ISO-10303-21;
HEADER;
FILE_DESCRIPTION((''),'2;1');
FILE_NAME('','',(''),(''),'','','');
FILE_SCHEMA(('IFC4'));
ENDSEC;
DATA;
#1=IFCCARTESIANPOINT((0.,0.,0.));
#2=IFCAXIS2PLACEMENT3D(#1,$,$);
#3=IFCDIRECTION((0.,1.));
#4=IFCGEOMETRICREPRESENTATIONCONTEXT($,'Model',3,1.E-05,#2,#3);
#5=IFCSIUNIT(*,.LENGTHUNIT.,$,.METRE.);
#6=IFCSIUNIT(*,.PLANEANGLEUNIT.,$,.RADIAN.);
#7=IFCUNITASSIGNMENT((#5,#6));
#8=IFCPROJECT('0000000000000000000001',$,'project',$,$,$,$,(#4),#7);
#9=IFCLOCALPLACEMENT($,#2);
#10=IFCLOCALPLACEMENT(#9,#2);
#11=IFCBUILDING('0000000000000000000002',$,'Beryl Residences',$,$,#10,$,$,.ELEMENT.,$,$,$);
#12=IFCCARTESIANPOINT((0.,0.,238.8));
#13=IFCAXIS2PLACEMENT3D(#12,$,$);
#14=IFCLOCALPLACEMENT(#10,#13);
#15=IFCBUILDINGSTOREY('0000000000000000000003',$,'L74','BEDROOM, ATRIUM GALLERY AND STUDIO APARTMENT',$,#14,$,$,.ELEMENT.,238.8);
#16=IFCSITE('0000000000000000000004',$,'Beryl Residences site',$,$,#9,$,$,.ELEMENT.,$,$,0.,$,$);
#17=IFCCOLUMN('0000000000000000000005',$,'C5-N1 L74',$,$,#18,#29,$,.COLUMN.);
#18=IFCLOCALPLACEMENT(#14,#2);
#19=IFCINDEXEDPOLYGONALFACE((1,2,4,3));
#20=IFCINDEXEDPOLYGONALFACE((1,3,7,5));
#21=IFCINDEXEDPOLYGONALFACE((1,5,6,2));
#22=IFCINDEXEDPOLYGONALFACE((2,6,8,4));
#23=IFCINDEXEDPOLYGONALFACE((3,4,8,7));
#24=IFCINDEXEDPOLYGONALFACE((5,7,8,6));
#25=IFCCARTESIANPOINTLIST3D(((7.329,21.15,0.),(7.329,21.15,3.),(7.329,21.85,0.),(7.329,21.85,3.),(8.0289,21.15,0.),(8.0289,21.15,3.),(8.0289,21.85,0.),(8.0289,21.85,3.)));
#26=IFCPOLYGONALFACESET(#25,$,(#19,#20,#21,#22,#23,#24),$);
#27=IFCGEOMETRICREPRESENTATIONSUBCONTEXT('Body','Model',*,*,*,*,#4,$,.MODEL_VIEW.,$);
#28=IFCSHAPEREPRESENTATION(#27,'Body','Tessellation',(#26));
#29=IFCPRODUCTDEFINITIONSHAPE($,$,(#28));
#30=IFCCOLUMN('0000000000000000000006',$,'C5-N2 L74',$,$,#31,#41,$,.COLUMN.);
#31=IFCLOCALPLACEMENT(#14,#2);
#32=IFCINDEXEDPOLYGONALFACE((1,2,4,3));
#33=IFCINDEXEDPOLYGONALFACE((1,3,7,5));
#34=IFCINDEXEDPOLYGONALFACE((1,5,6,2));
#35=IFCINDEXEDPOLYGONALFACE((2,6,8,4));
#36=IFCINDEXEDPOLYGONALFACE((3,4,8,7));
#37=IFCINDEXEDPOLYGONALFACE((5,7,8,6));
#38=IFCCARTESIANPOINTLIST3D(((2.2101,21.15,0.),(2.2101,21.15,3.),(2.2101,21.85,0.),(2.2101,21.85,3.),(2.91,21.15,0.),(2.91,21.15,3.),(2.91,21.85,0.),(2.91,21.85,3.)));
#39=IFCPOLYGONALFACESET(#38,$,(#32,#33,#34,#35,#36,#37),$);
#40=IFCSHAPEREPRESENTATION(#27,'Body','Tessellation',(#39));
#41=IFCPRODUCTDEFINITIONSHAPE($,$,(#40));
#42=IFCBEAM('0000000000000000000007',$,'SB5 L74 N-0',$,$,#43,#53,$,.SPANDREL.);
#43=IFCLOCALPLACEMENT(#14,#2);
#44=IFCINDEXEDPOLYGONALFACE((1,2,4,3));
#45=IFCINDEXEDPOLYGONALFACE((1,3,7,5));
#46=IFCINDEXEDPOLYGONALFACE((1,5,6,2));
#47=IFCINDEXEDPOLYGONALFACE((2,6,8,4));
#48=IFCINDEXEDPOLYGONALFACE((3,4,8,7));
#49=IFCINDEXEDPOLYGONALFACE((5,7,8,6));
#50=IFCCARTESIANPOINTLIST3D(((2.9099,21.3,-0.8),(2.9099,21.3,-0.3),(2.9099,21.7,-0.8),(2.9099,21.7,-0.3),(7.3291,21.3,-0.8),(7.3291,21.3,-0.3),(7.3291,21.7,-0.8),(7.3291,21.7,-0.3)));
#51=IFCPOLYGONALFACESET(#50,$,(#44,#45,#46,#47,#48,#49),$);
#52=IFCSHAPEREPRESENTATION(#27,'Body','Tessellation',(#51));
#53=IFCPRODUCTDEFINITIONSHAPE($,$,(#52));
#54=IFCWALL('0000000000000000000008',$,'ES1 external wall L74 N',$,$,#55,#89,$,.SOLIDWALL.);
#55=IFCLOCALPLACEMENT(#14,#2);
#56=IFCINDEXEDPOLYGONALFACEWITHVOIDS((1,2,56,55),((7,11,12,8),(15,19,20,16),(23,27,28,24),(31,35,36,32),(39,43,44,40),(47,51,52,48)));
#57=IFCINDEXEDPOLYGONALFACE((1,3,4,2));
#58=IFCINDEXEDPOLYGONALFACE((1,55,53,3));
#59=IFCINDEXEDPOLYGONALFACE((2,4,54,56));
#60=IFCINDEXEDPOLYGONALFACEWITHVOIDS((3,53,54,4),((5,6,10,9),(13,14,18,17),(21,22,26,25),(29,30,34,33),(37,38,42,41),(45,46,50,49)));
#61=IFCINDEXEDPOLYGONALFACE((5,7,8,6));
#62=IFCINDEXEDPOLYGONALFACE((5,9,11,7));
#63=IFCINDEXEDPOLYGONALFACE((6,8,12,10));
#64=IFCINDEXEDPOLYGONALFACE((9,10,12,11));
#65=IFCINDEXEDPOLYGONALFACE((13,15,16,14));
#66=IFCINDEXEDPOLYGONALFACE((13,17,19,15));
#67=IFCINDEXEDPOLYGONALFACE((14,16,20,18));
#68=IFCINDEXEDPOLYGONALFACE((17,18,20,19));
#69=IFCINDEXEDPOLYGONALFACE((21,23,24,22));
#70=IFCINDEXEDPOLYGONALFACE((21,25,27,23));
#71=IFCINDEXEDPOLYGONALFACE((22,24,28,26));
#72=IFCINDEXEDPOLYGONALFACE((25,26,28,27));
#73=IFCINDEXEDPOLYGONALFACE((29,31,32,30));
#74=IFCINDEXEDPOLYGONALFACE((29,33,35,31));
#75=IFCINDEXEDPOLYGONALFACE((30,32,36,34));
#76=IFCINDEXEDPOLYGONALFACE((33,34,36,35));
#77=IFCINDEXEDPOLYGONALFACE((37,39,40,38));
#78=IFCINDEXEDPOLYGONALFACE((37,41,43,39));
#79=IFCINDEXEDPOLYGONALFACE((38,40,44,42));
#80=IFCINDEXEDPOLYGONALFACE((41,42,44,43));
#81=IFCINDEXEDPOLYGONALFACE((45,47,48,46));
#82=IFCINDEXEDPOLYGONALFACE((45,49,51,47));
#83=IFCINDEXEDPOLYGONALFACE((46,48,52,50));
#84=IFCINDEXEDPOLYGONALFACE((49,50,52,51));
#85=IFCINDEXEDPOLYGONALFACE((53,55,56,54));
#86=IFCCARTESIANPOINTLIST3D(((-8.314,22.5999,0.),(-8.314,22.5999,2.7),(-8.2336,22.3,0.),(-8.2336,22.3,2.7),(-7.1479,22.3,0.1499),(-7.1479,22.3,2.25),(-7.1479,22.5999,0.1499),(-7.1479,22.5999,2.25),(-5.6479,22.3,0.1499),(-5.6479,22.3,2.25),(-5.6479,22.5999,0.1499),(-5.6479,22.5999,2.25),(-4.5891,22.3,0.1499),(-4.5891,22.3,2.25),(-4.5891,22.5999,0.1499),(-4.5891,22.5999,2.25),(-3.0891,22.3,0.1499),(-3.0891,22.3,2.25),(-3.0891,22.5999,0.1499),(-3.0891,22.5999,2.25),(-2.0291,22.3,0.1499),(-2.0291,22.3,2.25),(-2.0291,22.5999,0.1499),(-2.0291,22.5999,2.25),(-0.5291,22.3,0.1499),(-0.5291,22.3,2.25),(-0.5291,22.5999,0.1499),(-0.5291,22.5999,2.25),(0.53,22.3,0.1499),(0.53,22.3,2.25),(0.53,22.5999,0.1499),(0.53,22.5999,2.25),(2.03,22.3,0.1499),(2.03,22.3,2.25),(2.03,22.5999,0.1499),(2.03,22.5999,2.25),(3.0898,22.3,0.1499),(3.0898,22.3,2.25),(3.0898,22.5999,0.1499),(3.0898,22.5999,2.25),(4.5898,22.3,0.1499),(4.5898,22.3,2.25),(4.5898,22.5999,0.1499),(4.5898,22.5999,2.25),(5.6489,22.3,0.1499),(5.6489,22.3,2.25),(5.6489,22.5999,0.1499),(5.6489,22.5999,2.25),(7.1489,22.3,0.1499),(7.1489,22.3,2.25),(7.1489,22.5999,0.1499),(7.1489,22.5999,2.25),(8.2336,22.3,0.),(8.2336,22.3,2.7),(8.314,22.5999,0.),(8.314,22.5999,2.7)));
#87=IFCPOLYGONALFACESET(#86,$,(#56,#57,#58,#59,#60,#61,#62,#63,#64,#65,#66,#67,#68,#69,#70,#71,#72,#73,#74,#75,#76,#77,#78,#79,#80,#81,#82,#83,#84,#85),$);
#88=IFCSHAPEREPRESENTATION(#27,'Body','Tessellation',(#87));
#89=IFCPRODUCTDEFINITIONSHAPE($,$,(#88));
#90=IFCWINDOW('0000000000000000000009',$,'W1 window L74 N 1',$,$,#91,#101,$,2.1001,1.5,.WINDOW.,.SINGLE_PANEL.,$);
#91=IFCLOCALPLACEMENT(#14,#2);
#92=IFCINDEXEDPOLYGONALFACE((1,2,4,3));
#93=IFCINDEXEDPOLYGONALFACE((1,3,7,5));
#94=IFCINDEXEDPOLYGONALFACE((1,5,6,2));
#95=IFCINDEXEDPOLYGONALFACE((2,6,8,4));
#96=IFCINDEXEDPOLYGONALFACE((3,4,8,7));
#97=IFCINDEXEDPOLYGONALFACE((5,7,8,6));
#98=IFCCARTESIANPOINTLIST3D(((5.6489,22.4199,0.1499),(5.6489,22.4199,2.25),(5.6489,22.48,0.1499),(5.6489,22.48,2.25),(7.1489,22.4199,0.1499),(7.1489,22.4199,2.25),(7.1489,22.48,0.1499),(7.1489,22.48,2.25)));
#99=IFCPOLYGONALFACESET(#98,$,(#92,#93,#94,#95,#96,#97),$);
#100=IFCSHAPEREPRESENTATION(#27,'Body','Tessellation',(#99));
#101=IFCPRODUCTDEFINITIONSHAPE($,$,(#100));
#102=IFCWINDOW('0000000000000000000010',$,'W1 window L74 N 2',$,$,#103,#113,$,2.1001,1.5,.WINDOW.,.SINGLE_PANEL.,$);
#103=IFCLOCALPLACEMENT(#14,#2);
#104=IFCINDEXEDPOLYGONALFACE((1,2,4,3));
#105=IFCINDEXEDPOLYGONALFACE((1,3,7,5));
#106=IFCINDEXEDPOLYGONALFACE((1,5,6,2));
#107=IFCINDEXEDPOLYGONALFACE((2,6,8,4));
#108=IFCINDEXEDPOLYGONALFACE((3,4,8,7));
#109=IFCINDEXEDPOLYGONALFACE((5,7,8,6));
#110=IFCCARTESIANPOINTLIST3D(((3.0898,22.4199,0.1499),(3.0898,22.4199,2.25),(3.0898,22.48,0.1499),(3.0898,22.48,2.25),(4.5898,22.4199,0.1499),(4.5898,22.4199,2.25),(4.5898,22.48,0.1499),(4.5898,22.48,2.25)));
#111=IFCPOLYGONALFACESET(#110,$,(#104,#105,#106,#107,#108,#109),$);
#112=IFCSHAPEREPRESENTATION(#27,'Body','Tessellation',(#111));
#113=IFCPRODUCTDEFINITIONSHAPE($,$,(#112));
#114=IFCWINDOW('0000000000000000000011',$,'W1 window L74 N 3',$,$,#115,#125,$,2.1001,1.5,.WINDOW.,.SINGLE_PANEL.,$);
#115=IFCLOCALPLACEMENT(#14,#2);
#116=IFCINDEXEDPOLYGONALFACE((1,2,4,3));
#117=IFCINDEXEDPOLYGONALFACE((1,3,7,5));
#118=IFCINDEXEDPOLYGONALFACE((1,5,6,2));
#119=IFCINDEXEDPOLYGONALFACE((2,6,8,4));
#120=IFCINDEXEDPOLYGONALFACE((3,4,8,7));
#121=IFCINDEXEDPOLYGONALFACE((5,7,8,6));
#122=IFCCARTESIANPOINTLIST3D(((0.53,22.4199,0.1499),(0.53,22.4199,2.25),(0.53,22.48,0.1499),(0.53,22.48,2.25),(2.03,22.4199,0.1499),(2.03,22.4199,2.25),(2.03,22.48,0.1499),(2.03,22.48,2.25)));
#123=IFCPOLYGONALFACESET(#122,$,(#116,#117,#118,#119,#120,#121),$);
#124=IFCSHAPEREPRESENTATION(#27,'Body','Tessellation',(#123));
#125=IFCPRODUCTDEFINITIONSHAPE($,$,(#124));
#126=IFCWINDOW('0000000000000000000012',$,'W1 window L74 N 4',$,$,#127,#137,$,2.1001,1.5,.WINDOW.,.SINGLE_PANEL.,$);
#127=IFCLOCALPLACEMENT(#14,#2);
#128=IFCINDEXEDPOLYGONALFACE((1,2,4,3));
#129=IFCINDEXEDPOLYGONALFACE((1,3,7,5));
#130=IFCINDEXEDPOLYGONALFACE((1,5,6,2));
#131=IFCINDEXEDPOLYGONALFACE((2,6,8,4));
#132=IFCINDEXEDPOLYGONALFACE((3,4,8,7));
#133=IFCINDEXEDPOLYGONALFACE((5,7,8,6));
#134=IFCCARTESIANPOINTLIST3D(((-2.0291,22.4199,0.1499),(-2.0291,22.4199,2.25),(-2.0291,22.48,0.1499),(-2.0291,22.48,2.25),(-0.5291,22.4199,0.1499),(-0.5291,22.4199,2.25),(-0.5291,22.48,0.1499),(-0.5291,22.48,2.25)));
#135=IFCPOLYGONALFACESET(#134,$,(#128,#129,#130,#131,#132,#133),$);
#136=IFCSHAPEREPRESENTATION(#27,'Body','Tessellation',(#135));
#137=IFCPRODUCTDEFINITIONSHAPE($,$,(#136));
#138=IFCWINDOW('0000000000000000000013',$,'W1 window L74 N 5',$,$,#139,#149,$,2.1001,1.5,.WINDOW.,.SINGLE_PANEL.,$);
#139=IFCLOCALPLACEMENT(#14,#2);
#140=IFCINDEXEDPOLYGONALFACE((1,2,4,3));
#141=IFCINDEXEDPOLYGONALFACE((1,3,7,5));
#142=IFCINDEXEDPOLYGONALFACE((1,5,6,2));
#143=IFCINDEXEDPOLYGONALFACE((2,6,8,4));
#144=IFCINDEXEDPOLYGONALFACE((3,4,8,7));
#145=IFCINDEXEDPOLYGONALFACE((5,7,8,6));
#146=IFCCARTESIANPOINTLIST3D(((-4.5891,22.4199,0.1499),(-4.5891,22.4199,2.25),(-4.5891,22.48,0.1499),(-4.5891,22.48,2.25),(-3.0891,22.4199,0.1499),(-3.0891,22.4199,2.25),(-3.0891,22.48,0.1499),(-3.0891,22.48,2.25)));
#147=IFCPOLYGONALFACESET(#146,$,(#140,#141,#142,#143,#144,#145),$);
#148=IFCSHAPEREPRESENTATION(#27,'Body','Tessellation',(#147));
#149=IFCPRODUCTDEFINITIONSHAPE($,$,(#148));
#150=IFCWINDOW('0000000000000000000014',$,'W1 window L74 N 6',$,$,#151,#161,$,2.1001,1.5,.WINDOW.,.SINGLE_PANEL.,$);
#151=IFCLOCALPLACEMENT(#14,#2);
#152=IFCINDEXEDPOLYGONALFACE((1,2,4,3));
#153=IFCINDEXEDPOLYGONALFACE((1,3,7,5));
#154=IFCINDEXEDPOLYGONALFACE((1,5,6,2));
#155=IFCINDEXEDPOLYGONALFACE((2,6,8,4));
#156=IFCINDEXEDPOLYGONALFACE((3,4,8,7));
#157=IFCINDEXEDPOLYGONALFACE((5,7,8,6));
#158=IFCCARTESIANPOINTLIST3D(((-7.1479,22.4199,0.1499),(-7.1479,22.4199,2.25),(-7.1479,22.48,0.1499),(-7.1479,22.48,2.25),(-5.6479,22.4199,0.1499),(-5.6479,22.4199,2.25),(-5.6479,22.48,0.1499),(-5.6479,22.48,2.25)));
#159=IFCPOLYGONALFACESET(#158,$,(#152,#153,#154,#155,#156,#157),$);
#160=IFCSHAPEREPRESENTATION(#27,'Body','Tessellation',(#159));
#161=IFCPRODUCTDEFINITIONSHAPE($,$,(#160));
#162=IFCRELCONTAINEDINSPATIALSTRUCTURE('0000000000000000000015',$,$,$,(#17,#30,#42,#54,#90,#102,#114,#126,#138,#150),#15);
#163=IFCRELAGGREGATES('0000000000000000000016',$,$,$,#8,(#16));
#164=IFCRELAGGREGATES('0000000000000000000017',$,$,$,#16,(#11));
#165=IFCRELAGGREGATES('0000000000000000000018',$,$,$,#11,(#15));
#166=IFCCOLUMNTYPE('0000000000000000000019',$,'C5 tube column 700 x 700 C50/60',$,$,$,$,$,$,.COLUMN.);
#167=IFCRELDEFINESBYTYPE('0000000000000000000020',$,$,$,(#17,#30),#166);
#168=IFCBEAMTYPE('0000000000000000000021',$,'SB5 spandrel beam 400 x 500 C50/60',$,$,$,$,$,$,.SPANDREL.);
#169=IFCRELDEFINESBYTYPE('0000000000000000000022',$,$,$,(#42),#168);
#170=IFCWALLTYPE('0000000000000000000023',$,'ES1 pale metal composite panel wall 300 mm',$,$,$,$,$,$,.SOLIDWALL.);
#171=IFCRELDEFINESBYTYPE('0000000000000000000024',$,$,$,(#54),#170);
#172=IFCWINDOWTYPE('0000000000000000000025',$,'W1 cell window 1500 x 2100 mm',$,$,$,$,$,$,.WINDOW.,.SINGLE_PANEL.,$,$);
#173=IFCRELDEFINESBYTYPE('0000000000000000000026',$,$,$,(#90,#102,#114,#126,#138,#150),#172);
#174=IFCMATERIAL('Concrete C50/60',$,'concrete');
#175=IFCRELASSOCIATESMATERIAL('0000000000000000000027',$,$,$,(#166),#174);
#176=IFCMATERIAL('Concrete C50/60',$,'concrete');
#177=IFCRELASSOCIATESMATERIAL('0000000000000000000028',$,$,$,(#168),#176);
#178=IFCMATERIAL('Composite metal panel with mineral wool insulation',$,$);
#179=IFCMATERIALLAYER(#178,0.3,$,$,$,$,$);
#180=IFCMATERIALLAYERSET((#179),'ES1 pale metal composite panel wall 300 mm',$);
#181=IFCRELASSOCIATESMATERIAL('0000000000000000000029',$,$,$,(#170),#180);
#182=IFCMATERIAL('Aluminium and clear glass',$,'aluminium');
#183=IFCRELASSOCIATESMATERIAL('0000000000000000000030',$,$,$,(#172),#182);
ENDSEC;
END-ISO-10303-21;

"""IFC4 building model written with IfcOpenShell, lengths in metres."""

from ifc_helpers import new_model, si_unit, direction, frame, frame_2d, origin, origin_2d, place, context, subcontext, project, spatial, polyline, rectangle, outline, extrude, material, layer, layer_set, material_profile, profile_set, type_object, element, fill, save


model = new_model("IFC4")

# Units and contexts
model_context = context("Model", 3, precision=1e-05, world=origin(), true_north=direction((0.0, 1.0)))
body_context = subcontext(model_context, "Body", "Model", "MODEL_VIEW")
ifc_project = project(units=[si_unit("LENGTHUNIT", "METRE"), si_unit("PLANEANGLEUNIT", "RADIAN")], contexts=[model_context])

# Site, building, storey
site_placement = place(None, origin())
site = spatial("IfcSite", under=ifc_project, at=site_placement, Name="Beryl Residences site", CompositionType="ELEMENT", RefElevation=0.0)
building_placement = place(site_placement, origin())
building = spatial("IfcBuilding", under=site, at=building_placement, Name="Beryl Residences", CompositionType="ELEMENT")
storey_placement = place(building_placement, frame((0.0, 0.0, 238.8)))
storey = spatial("IfcBuildingStorey", under=building, at=storey_placement, Name="L74", Description="BEDROOM, ATRIUM GALLERY AND STUDIO APARTMENT", CompositionType="ELEMENT", Elevation=238.8)

# Columns
ifc_material_1 = material(Name="Concrete C50/60", Category="concrete")
ifc_material_profile_1 = material_profile(ifc_material_1, rectangle(XDim=0.7, YDim=0.7, at=origin_2d()))
ifc_profile_set_1 = profile_set([ifc_material_profile_1], Name="Concrete C50/60")
column_type = type_object("IfcColumnType", Name="C5 tube column 700 x 700 C50/60", PredefinedType="COLUMN", material=ifc_profile_set_1)
for number, where, z_axis, x_axis, name in (
    (1, (7.679, 21.5, 0.0), (0.0, 0.0, 1.0), (-1.0, 0.0, 0.0), "C5-N1 L74"),
    (2, (2.5601, 21.5, 0.0), (0.0, 0.0, 1.0), (-1.0, 0.0, 0.0), "C5-N2 L74"),
):
    element("IfcColumn", number, at=place(storey_placement, frame(where, z_axis=z_axis, x_axis=x_axis)), inside=storey, type_object=column_type, Name=name, PredefinedType="COLUMN", context=body_context, shape_type="SweptSolid", body=[
        extrude(rectangle(XDim=0.7, YDim=0.7, at=origin_2d()), origin(), (0.0, 0.0, 1.0), 3.0),
    ])

# Beam
ifc_material_2 = material(Name="Concrete C50/60", Category="concrete")
ifc_material_profile_2 = material_profile(ifc_material_2, rectangle(XDim=0.3999, YDim=0.5, at=origin_2d()))
ifc_profile_set_2 = profile_set([ifc_material_profile_2], Name="Concrete C50/60")
beam_type = type_object("IfcBeamType", Name="SB5 spandrel beam 400 x 500 C50/60", PredefinedType="SPANDREL", material=ifc_profile_set_2)
beam_placement = place(storey_placement, frame((7.3291, 21.5, -0.55), z_axis=(-1.0, 0.0, 0.0), x_axis=(0.0, -1.0, 0.0)))
element("IfcBeam", 3, at=beam_placement, inside=storey, type_object=beam_type, Name="SB5 L74 N-0", PredefinedType="SPANDREL", context=body_context, shape_type="SweptSolid", body=[
    extrude(rectangle(XDim=0.3999, YDim=0.5, at=origin_2d()), origin(), (0.0, 0.0, 1.0), 4.4192),
])

# Wall, openings, windows
ifc_material_3 = material(Name="Composite metal panel with mineral wool insulation")
ifc_layer = layer(ifc_material_3, 0.3)
ifc_layer_set = layer_set([ifc_layer], Name="ES1 pale metal composite panel wall 300 mm")
wall_type = type_object("IfcWallType", Name="ES1 pale metal composite panel wall 300 mm", PredefinedType="SOLIDWALL", material=ifc_layer_set)
wall_placement = place(storey_placement, frame((8.314, 22.45, 0.0), z_axis=(0.0, 0.0, 1.0), x_axis=(-1.0, 0.0, 0.0)))
wall = element("IfcWall", 4, at=wall_placement, inside=storey, type_object=wall_type, Name="ES1 external wall L74 N", PredefinedType="SOLIDWALL", context=body_context, shape_type="SweptSolid", body=[
    extrude(outline(polyline([(0.0, -0.1499), (16.6279, -0.1499), (16.5476, 0.1499), (0.0803, 0.1499), (0.0, -0.1499)])), origin(), (0.0, 0.0, 1.0), 2.7),
])
opening_1_placement = place(wall_placement, frame((1.165, 0.0, 0.1499)))
opening_1 = element("IfcOpeningElement", 5, at=opening_1_placement, cuts=wall, PredefinedType="OPENING", context=body_context, shape_type="SweptSolid", body=[
    extrude(rectangle(XDim=1.5, YDim=2.1001, at=frame_2d((0.75, 1.05))), frame((0.0, 0.1599, 0.0), z_axis=(0.0, -1.0, 0.0), x_axis=(1.0, 0.0, 0.0)), (0.0, 0.0, 1.0), 0.3201),
])
opening_2_placement = place(wall_placement, frame((3.7241, 0.0, 0.1499)))
opening_2 = element("IfcOpeningElement", 6, at=opening_2_placement, cuts=wall, PredefinedType="OPENING", context=body_context, shape_type="SweptSolid", body=[
    extrude(rectangle(XDim=1.5, YDim=2.1001, at=frame_2d((0.75, 1.05))), frame((0.0, 0.1599, 0.0), z_axis=(0.0, -1.0, 0.0), x_axis=(1.0, 0.0, 0.0)), (0.0, 0.0, 1.0), 0.3201),
])
opening_3_placement = place(wall_placement, frame((6.2839, 0.0, 0.1499)))
opening_3 = element("IfcOpeningElement", 7, at=opening_3_placement, cuts=wall, PredefinedType="OPENING", context=body_context, shape_type="SweptSolid", body=[
    extrude(rectangle(XDim=1.5, YDim=2.1001, at=frame_2d((0.75, 1.05))), frame((0.0, 0.1599, 0.0), z_axis=(0.0, -1.0, 0.0), x_axis=(1.0, 0.0, 0.0)), (0.0, 0.0, 1.0), 0.3201),
])
opening_4_placement = place(wall_placement, frame((8.843, 0.0, 0.1499)))
opening_4 = element("IfcOpeningElement", 8, at=opening_4_placement, cuts=wall, PredefinedType="OPENING", context=body_context, shape_type="SweptSolid", body=[
    extrude(rectangle(XDim=1.5, YDim=2.1001, at=frame_2d((0.75, 1.05))), frame((0.0, 0.1599, 0.0), z_axis=(0.0, -1.0, 0.0), x_axis=(1.0, 0.0, 0.0)), (0.0, 0.0, 1.0), 0.3201),
])
opening_5_placement = place(wall_placement, frame((11.4031, 0.0, 0.1499)))
opening_5 = element("IfcOpeningElement", 9, at=opening_5_placement, cuts=wall, PredefinedType="OPENING", context=body_context, shape_type="SweptSolid", body=[
    extrude(rectangle(XDim=1.5, YDim=2.1001, at=frame_2d((0.75, 1.05))), frame((0.0, 0.1599, 0.0), z_axis=(0.0, -1.0, 0.0), x_axis=(1.0, 0.0, 0.0)), (0.0, 0.0, 1.0), 0.3201),
])
opening_6_placement = place(wall_placement, frame((13.9619, 0.0, 0.1499)))
opening_6 = element("IfcOpeningElement", 10, at=opening_6_placement, cuts=wall, PredefinedType="OPENING", context=body_context, shape_type="SweptSolid", body=[
    extrude(rectangle(XDim=1.5, YDim=2.1001, at=frame_2d((0.75, 1.05))), frame((0.0, 0.1599, 0.0), z_axis=(0.0, -1.0, 0.0), x_axis=(1.0, 0.0, 0.0)), (0.0, 0.0, 1.0), 0.3201),
])
ifc_material_4 = material(Name="Aluminium and clear glass", Category="aluminium")
window_type = type_object("IfcWindowType", Name="W1 cell window 1500 x 2100 mm", PartitioningType="SINGLE_PANEL", PredefinedType="WINDOW", material=ifc_material_4)
window_1_placement = place(opening_1_placement, origin())
window_1 = element("IfcWindow", 11, at=window_1_placement, inside=storey, type_object=window_type, Name="W1 window L74 N 1", OverallHeight=2.1001, OverallWidth=1.5, PartitioningType="SINGLE_PANEL", PredefinedType="WINDOW", context=body_context, shape_type="SweptSolid", body=[
    extrude(rectangle(XDim=1.5, YDim=2.1001, at=frame_2d((0.75, 1.05))), frame((0.0, 0.03, 0.0), z_axis=(0.0, -1.0, 0.0), x_axis=(1.0, 0.0, 0.0)), (0.0, 0.0, 1.0), 0.0601),
])
fill(opening_1, window_1)
window_2_placement = place(opening_2_placement, origin())
window_2 = element("IfcWindow", 12, at=window_2_placement, inside=storey, type_object=window_type, Name="W1 window L74 N 2", OverallHeight=2.1001, OverallWidth=1.5, PartitioningType="SINGLE_PANEL", PredefinedType="WINDOW", context=body_context, shape_type="SweptSolid", body=[
    extrude(rectangle(XDim=1.5, YDim=2.1001, at=frame_2d((0.75, 1.05))), frame((0.0, 0.03, 0.0), z_axis=(0.0, -1.0, 0.0), x_axis=(1.0, 0.0, 0.0)), (0.0, 0.0, 1.0), 0.0601),
])
fill(opening_2, window_2)
window_3_placement = place(opening_3_placement, origin())
window_3 = element("IfcWindow", 13, at=window_3_placement, inside=storey, type_object=window_type, Name="W1 window L74 N 3", OverallHeight=2.1001, OverallWidth=1.5, PartitioningType="SINGLE_PANEL", PredefinedType="WINDOW", context=body_context, shape_type="SweptSolid", body=[
    extrude(rectangle(XDim=1.5, YDim=2.1001, at=frame_2d((0.75, 1.05))), frame((0.0, 0.03, 0.0), z_axis=(0.0, -1.0, 0.0), x_axis=(1.0, 0.0, 0.0)), (0.0, 0.0, 1.0), 0.0601),
])
fill(opening_3, window_3)
window_4_placement = place(opening_4_placement, origin())
window_4 = element("IfcWindow", 14, at=window_4_placement, inside=storey, type_object=window_type, Name="W1 window L74 N 4", OverallHeight=2.1001, OverallWidth=1.5, PartitioningType="SINGLE_PANEL", PredefinedType="WINDOW", context=body_context, shape_type="SweptSolid", body=[
    extrude(rectangle(XDim=1.5, YDim=2.1001, at=frame_2d((0.75, 1.05))), frame((0.0, 0.03, 0.0), z_axis=(0.0, -1.0, 0.0), x_axis=(1.0, 0.0, 0.0)), (0.0, 0.0, 1.0), 0.0601),
])
fill(opening_4, window_4)
window_5_placement = place(opening_5_placement, origin())
window_5 = element("IfcWindow", 15, at=window_5_placement, inside=storey, type_object=window_type, Name="W1 window L74 N 5", OverallHeight=2.1001, OverallWidth=1.5, PartitioningType="SINGLE_PANEL", PredefinedType="WINDOW", context=body_context, shape_type="SweptSolid", body=[
    extrude(rectangle(XDim=1.5, YDim=2.1001, at=frame_2d((0.75, 1.05))), frame((0.0, 0.03, 0.0), z_axis=(0.0, -1.0, 0.0), x_axis=(1.0, 0.0, 0.0)), (0.0, 0.0, 1.0), 0.0601),
])
fill(opening_5, window_5)
window_6_placement = place(opening_6_placement, origin())
window_6 = element("IfcWindow", 16, at=window_6_placement, inside=storey, type_object=window_type, Name="W1 window L74 N 6", OverallHeight=2.1001, OverallWidth=1.5, PartitioningType="SINGLE_PANEL", PredefinedType="WINDOW", context=body_context, shape_type="SweptSolid", body=[
    extrude(rectangle(XDim=1.5, YDim=2.1001, at=frame_2d((0.75, 1.05))), frame((0.0, 0.03, 0.0), z_axis=(0.0, -1.0, 0.0), x_axis=(1.0, 0.0, 0.0)), (0.0, 0.0, 1.0), 0.0601),
])
fill(opening_6, window_6)

save(model, "model.ifc")
